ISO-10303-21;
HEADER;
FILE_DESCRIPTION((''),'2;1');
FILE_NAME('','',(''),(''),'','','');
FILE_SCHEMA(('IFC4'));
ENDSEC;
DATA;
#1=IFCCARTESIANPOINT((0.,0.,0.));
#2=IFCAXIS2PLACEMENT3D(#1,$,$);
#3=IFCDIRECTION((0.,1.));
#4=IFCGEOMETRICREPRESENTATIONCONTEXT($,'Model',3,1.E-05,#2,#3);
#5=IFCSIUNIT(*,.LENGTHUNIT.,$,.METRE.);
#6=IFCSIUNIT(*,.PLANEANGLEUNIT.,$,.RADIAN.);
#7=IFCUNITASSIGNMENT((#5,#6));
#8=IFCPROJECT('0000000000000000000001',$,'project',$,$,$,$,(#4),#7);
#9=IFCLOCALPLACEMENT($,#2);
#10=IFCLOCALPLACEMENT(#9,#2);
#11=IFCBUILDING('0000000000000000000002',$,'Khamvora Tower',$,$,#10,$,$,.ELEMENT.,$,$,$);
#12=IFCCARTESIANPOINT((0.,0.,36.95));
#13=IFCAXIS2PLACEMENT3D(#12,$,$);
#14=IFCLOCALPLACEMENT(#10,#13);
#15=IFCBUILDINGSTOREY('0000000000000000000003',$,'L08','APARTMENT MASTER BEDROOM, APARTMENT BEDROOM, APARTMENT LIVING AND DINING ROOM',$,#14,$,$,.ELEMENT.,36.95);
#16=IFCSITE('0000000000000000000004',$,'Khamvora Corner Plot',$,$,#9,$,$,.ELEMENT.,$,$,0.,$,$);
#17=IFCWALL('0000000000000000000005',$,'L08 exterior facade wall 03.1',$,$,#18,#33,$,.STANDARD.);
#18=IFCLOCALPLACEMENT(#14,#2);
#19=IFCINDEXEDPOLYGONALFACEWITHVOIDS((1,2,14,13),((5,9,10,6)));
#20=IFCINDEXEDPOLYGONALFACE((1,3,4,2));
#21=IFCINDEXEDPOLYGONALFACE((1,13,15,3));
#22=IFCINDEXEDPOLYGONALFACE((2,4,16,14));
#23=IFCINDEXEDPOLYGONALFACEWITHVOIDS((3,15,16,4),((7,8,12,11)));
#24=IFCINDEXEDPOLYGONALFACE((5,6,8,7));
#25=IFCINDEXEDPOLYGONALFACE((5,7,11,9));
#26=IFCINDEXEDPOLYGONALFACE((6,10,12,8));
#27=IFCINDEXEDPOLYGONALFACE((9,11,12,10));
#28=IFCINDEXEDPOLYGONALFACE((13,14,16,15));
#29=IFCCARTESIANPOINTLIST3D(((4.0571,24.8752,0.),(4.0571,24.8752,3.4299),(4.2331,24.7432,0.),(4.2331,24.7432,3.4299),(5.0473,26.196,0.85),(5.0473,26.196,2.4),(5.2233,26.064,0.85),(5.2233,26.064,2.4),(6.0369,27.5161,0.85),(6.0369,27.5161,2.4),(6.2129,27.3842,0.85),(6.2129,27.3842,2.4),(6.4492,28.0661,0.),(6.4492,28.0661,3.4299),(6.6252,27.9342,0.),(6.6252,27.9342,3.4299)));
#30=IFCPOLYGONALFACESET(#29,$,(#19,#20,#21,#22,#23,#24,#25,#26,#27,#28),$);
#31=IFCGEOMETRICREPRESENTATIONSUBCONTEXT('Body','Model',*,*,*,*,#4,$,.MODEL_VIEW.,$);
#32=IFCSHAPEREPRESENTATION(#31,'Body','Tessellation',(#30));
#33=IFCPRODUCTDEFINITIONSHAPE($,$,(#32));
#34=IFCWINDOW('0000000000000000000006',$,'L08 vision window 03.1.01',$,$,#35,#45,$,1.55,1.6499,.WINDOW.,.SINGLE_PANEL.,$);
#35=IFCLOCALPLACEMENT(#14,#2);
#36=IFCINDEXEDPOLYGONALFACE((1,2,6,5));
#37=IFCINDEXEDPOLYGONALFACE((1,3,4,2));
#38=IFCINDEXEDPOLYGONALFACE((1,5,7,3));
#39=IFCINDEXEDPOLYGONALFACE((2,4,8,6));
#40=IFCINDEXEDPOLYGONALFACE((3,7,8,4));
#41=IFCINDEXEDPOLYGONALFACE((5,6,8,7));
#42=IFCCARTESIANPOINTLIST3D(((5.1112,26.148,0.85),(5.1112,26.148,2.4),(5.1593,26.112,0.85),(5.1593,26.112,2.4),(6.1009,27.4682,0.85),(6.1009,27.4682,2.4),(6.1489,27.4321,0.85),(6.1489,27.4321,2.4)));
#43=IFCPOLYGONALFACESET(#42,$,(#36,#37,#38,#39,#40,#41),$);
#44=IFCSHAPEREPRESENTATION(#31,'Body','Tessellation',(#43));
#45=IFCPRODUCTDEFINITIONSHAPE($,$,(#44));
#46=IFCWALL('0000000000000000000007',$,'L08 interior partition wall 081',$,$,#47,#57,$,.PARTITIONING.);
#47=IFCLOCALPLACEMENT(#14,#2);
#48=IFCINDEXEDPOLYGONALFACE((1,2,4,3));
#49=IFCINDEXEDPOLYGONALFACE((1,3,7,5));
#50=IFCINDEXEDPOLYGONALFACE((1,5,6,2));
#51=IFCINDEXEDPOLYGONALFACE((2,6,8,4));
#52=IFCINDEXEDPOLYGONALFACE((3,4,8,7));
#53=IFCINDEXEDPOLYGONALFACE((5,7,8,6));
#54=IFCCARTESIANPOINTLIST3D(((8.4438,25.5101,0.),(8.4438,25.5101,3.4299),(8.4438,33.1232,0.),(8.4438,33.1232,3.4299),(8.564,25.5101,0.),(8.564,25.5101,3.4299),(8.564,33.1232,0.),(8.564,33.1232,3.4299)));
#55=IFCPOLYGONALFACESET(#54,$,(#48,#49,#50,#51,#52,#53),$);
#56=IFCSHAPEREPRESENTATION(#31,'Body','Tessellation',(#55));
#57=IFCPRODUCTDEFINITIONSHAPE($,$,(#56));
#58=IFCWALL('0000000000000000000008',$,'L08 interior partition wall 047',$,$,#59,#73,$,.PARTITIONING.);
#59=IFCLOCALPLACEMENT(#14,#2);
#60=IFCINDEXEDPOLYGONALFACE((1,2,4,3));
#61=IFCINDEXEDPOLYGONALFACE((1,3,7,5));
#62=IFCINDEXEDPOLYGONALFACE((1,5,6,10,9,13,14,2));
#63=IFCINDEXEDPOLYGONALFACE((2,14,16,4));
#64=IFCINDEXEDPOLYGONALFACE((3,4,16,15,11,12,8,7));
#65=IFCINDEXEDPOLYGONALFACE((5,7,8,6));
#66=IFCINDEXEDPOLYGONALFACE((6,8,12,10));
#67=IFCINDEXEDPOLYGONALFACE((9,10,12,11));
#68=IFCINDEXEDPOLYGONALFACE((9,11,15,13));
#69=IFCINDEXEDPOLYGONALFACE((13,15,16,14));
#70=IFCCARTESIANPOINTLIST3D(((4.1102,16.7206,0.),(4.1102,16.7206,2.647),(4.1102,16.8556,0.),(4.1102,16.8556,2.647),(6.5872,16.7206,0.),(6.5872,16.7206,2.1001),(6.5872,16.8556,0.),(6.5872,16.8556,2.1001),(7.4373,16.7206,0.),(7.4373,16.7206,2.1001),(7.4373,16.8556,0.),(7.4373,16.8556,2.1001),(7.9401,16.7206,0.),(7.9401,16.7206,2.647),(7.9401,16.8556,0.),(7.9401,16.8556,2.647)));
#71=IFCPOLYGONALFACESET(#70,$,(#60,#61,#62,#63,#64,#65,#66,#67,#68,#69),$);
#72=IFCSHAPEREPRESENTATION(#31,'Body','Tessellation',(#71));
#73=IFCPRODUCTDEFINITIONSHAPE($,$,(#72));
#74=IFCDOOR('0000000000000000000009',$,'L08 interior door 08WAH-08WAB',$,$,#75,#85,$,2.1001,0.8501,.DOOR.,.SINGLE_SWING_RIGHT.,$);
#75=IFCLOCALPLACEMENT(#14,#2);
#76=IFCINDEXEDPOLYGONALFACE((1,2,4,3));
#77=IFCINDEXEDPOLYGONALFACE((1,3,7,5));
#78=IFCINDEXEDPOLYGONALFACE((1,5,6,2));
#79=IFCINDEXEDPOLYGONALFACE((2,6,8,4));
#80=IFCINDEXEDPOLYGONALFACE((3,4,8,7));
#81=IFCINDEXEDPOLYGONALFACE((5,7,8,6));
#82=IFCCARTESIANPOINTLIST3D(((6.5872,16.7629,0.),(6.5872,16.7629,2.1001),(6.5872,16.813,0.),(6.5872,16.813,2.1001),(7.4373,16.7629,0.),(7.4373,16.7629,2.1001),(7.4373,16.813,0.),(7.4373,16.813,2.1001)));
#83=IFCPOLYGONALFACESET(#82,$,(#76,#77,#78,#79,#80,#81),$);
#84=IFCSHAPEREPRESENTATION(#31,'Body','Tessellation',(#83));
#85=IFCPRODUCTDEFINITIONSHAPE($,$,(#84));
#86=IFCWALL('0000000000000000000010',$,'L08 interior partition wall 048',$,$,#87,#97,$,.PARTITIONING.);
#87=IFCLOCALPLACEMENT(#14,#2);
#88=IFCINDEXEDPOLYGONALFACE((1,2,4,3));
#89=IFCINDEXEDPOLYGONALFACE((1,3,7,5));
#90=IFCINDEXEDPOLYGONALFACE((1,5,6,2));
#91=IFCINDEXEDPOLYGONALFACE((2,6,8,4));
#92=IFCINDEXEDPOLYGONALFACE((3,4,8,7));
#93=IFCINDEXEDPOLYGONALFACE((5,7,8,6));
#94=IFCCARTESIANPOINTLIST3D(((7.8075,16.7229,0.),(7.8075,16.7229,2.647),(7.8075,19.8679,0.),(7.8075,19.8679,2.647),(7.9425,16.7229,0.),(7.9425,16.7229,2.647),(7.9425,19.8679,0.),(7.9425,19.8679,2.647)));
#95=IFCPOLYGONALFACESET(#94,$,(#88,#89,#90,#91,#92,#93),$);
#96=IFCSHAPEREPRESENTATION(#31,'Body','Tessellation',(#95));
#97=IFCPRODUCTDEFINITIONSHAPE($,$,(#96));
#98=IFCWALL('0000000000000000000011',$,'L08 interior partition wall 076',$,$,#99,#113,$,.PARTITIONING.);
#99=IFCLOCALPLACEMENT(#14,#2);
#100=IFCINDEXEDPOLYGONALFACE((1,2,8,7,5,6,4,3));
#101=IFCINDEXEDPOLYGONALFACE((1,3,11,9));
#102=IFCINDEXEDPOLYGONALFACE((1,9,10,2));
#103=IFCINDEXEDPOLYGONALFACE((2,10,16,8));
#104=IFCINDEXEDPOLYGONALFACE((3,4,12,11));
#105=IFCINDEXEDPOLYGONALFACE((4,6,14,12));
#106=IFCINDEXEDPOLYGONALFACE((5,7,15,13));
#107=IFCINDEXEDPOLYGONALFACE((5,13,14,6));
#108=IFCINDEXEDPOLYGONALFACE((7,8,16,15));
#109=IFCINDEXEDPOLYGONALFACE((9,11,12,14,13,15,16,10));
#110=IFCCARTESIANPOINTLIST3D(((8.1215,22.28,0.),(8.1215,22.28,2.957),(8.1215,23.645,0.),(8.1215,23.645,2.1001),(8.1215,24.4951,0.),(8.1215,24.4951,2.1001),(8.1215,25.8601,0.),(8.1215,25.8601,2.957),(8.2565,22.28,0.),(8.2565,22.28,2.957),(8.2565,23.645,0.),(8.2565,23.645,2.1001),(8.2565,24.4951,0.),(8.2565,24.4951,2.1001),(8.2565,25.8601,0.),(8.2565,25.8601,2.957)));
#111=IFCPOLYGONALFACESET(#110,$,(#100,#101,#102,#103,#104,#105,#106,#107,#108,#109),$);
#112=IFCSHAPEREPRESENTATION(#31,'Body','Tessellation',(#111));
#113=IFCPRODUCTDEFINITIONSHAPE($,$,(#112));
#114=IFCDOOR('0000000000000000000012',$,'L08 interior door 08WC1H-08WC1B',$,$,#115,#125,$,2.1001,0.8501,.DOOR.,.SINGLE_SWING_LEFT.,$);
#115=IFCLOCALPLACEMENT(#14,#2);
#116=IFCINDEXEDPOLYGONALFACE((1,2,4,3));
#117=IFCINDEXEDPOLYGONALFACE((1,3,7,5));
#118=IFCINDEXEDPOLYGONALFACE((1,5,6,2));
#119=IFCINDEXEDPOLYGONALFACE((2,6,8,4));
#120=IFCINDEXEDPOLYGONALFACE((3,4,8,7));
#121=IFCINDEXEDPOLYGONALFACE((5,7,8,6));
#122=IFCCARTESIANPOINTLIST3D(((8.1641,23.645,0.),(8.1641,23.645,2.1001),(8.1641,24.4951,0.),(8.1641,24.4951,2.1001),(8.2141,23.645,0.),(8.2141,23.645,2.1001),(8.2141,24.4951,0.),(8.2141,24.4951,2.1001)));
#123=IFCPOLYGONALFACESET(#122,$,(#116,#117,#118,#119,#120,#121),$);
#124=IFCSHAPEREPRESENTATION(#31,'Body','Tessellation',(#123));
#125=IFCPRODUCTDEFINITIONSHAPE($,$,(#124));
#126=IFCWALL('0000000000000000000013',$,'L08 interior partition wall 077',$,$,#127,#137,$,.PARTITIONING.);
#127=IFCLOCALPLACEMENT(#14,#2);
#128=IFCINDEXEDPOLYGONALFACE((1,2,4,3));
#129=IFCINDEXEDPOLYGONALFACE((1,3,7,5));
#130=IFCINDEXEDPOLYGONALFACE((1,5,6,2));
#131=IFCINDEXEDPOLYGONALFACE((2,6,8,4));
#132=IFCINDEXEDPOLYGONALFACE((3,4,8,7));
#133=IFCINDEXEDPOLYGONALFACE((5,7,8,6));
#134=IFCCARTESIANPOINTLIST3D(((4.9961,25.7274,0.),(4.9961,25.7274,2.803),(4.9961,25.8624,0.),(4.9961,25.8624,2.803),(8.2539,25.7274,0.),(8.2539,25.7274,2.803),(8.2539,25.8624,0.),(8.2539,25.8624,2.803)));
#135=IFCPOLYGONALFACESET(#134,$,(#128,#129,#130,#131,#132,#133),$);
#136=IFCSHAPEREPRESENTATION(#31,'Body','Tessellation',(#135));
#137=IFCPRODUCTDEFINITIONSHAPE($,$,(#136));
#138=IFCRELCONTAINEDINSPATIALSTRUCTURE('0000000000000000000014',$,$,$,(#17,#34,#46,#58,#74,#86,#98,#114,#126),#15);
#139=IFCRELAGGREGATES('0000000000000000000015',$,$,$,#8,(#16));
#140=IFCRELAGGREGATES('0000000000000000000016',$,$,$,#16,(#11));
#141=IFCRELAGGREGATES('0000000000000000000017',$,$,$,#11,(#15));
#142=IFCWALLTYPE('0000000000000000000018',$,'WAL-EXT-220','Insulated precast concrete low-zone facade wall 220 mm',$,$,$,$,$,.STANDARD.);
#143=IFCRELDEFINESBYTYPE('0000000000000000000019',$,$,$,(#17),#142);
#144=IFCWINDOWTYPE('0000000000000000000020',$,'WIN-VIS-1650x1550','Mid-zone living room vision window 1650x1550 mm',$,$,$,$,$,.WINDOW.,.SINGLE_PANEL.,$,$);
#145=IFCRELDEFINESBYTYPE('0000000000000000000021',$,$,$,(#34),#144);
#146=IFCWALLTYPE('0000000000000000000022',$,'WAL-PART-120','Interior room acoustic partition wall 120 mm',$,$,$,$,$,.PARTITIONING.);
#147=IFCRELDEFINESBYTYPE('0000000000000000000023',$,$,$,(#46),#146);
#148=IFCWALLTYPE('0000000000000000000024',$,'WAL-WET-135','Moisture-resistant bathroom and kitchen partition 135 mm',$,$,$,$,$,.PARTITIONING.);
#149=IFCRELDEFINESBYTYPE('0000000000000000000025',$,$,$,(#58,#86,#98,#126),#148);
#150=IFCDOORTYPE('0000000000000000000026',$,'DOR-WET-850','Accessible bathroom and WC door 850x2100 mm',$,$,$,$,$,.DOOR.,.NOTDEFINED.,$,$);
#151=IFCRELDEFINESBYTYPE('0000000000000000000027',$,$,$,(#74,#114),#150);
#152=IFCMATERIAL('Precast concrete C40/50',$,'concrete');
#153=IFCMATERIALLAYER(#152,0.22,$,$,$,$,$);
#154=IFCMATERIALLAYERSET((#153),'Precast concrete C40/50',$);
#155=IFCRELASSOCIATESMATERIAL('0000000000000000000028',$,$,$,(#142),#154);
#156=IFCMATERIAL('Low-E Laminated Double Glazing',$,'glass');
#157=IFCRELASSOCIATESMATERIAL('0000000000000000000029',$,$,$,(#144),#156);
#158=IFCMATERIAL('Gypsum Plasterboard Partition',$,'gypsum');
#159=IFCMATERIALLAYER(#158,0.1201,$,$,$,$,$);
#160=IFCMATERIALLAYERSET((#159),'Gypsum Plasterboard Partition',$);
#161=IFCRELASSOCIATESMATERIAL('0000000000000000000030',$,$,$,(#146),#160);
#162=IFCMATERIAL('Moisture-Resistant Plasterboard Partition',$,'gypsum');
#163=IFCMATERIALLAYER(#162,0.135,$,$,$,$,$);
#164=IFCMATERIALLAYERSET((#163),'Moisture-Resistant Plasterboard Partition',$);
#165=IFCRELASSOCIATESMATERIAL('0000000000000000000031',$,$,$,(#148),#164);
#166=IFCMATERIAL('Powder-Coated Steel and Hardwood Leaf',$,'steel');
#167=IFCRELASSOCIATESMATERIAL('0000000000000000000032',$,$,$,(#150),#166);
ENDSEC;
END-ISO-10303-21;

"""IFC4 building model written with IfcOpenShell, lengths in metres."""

from ifc_helpers import new_model, si_unit, direction, frame, frame_2d, origin, place, context, subcontext, project, spatial, rectangle, extrude, material, layer, layer_set, type_object, element, fill, save


model = new_model("IFC4")

# Units and contexts
model_context = context("Model", 3, precision=1e-05, world=origin(), true_north=direction((0.0, 1.0)))
body_context = subcontext(model_context, "Body", "Model", "MODEL_VIEW")
ifc_project = project(units=[si_unit("LENGTHUNIT", "METRE"), si_unit("PLANEANGLEUNIT", "RADIAN")], contexts=[model_context])

# Site, building, storey
site_placement = place(None, origin())
site = spatial("IfcSite", under=ifc_project, at=site_placement, Name="Khamvora Corner Plot", CompositionType="ELEMENT", RefElevation=0.0)
building_placement = place(site_placement, origin())
building = spatial("IfcBuilding", under=site, at=building_placement, Name="Khamvora Tower", CompositionType="ELEMENT")
storey_placement = place(building_placement, frame((0.0, 0.0, 36.95)))
storey = spatial("IfcBuildingStorey", under=building, at=storey_placement, Name="L08", Description="APARTMENT MASTER BEDROOM, APARTMENT BEDROOM, APARTMENT LIVING AND DINING ROOM", CompositionType="ELEMENT", Elevation=36.95)

# Shared definitions
ifc_material_1 = material(Name="Low-E Laminated Double Glazing", Category="glass")

# Shared definitions
ifc_material_2 = material(Name="Powder-Coated Steel and Hardwood Leaf", Category="steel")

# Wall, opening, window
ifc_material_3 = material(Name="Precast concrete C40/50", Category="concrete")
ifc_layer_1 = layer(ifc_material_3, 0.22)
ifc_layer_set_1 = layer_set([ifc_layer_1], Name="Precast concrete C40/50")
wall_type_1 = type_object("IfcWallType", Name="WAL-EXT-220", Description="Insulated precast concrete low-zone facade wall 220 mm", PredefinedType="STANDARD", material=ifc_layer_set_1)
wall_1_placement = place(storey_placement, frame((4.145, 24.8091, 0.0), z_axis=(0.0, 0.0, 1.0), x_axis=(0.599824, 0.800132, 0.0)))
wall_1 = element("IfcWall", 1, at=wall_1_placement, inside=storey, type_object=wall_type_1, Name="L08 exterior facade wall 03.1", PredefinedType="STANDARD", context=body_context, shape_type="SweptSolid", body=[
    extrude(rectangle(XDim=3.988, YDim=0.22, at=frame_2d((1.9941, 0.0))), origin(), (0.0, 0.0, 1.0), 3.4299),
])
opening_1_placement = place(wall_1_placement, frame((1.6509, 0.0, 0.8501)))
opening_1 = element("IfcOpeningElement", 2, at=opening_1_placement, cuts=wall_1, PredefinedType="OPENING", context=body_context, shape_type="SweptSolid", body=[
    extrude(rectangle(XDim=1.6499, YDim=1.55, at=frame_2d((0.825, 0.7749))), frame((0.0, 0.1199, 0.0), z_axis=(0.0, -1.0, 0.0), x_axis=(1.0, 0.0, 0.0)), (0.0, 0.0, 1.0), 0.24),
])
window_type = type_object("IfcWindowType", Name="WIN-VIS-1650x1550", Description="Mid-zone living room vision window 1650x1550 mm", PartitioningType="SINGLE_PANEL", PredefinedType="WINDOW", material=ifc_material_1)
window_placement = place(opening_1_placement, origin())
window = element("IfcWindow", 3, at=window_placement, inside=storey, type_object=window_type, Name="L08 vision window 03.1.01", OverallHeight=1.55, OverallWidth=1.6499, PartitioningType="SINGLE_PANEL", PredefinedType="WINDOW", context=body_context, shape_type="SweptSolid", body=[
    extrude(rectangle(XDim=1.6499, YDim=1.55, at=frame_2d((0.825, 0.7749))), frame((0.0, 0.03, 0.0), z_axis=(0.0, -1.0, 0.0), x_axis=(1.0, 0.0, 0.0)), (0.0, 0.0, 1.0), 0.0601),
])
fill(opening_1, window)

# Wall
ifc_material_4 = material(Name="Gypsum Plasterboard Partition", Category="gypsum")
ifc_layer_2 = layer(ifc_material_4, 0.1201)
ifc_layer_set_2 = layer_set([ifc_layer_2], Name="Gypsum Plasterboard Partition")
wall_type_2 = type_object("IfcWallType", Name="WAL-PART-120", Description="Interior room acoustic partition wall 120 mm", PredefinedType="PARTITIONING", material=ifc_layer_set_2)
wall_2_placement = place(storey_placement, frame((8.5039, 25.51, 0.0), z_axis=(0.0, 0.0, 1.0), x_axis=(0.0, 1.0, 0.0)))
element("IfcWall", 4, at=wall_2_placement, inside=storey, type_object=wall_type_2, Name="L08 interior partition wall 081", PredefinedType="PARTITIONING", context=body_context, shape_type="SweptSolid", body=[
    extrude(rectangle(XDim=7.613, YDim=0.1201, at=frame_2d((3.8066, 0.0))), origin(), (0.0, 0.0, 1.0), 3.4299),
])

# Wall, opening, door
ifc_material_5 = material(Name="Moisture-Resistant Plasterboard Partition", Category="gypsum")
ifc_layer_3 = layer(ifc_material_5, 0.135)
ifc_layer_set_3 = layer_set([ifc_layer_3], Name="Moisture-Resistant Plasterboard Partition")
wall_type_3 = type_object("IfcWallType", Name="WAL-WET-135", Description="Moisture-resistant bathroom and kitchen partition 135 mm", PredefinedType="PARTITIONING", material=ifc_layer_set_3)
wall_3_placement = place(storey_placement, frame((4.1101, 16.7881, 0.0), z_axis=(0.0, 0.0, 1.0), x_axis=(1.0, 0.0, 0.0)))
wall_3 = element("IfcWall", 5, at=wall_3_placement, inside=storey, type_object=wall_type_3, Name="L08 interior partition wall 047", PredefinedType="PARTITIONING", context=body_context, shape_type="SweptSolid", body=[
    extrude(rectangle(XDim=3.8298, YDim=0.135, at=frame_2d((1.915, 0.0))), origin(), (0.0, 0.0, 1.0), 2.647),
])
opening_2_placement = place(wall_3_placement, frame((2.4771, 0.0, 0.0)))
opening_2 = element("IfcOpeningElement", 6, at=opening_2_placement, cuts=wall_3, PredefinedType="OPENING", context=body_context, shape_type="SweptSolid", body=[
    extrude(rectangle(XDim=0.8501, YDim=2.1001, at=frame_2d((0.425, 1.05))), frame((0.0, 0.0774, 0.0), z_axis=(0.0, -1.0, 0.0), x_axis=(1.0, 0.0, 0.0)), (0.0, 0.0, 1.0), 0.155),
])
door_type_1 = type_object("IfcDoorType", Name="DOR-WET-850", Description="Accessible bathroom and WC door 850x2100 mm", OperationType="NOTDEFINED", PredefinedType="DOOR", material=ifc_material_2)
door_1_placement = place(opening_2_placement, origin())
door_1 = element("IfcDoor", 7, at=door_1_placement, inside=storey, type_object=door_type_1, Name="L08 interior door 08WAH-08WAB", OperationType="SINGLE_SWING_RIGHT", OverallHeight=2.1001, OverallWidth=0.8501, PredefinedType="DOOR", context=body_context, shape_type="SweptSolid", body=[
    extrude(rectangle(XDim=0.8501, YDim=2.1001, at=frame_2d((0.425, 1.05))), frame((0.0, 0.0249, 0.0), z_axis=(0.0, -1.0, 0.0), x_axis=(1.0, 0.0, 0.0)), (0.0, 0.0, 1.0), 0.05),
])
fill(opening_2, door_1)

# Wall
wall_4_placement = place(storey_placement, frame((7.875, 16.7229, 0.0), z_axis=(0.0, 0.0, 1.0), x_axis=(0.0, 1.0, 0.0)))
element("IfcWall", 8, at=wall_4_placement, inside=storey, type_object=wall_type_3, Name="L08 interior partition wall 048", PredefinedType="PARTITIONING", context=body_context, shape_type="SweptSolid", body=[
    extrude(rectangle(XDim=3.145, YDim=0.135, at=frame_2d((1.5725, 0.0))), origin(), (0.0, 0.0, 1.0), 2.647),
])

# Wall, opening, door
wall_5_placement = place(storey_placement, frame((8.189, 22.28, 0.0), z_axis=(0.0, 0.0, 1.0), x_axis=(0.0, 1.0, 0.0)))
wall_5 = element("IfcWall", 9, at=wall_5_placement, inside=storey, type_object=wall_type_3, Name="L08 interior partition wall 076", PredefinedType="PARTITIONING", context=body_context, shape_type="SweptSolid", body=[
    extrude(rectangle(XDim=3.5801, YDim=0.135, at=frame_2d((1.79, 0.0))), origin(), (0.0, 0.0, 1.0), 2.957),
])
opening_3_placement = place(wall_5_placement, frame((1.365, 0.0, 0.0)))
opening_3 = element("IfcOpeningElement", 10, at=opening_3_placement, cuts=wall_5, PredefinedType="OPENING", context=body_context, shape_type="SweptSolid", body=[
    extrude(rectangle(XDim=0.8501, YDim=2.1001, at=frame_2d((0.425, 1.05))), frame((0.0, 0.0774, 0.0), z_axis=(0.0, -1.0, 0.0), x_axis=(1.0, 0.0, 0.0)), (0.0, 0.0, 1.0), 0.155),
])
door_2_placement = place(opening_3_placement, origin())
door_2 = element("IfcDoor", 11, at=door_2_placement, inside=storey, type_object=door_type_1, Name="L08 interior door 08WC1H-08WC1B", OperationType="SINGLE_SWING_LEFT", OverallHeight=2.1001, OverallWidth=0.8501, PredefinedType="DOOR", context=body_context, shape_type="SweptSolid", body=[
    extrude(rectangle(XDim=0.8501, YDim=2.1001, at=frame_2d((0.425, 1.05))), frame((0.0, 0.0249, 0.0), z_axis=(0.0, -1.0, 0.0), x_axis=(1.0, 0.0, 0.0)), (0.0, 0.0, 1.0), 0.05),
])
fill(opening_3, door_2)

# Wall
wall_6_placement = place(storey_placement, frame((8.2539, 25.7949, 0.0), z_axis=(0.0, 0.0, 1.0), x_axis=(-1.0, 0.0, 0.0)))
element("IfcWall", 12, at=wall_6_placement, inside=storey, type_object=wall_type_3, Name="L08 interior partition wall 077", PredefinedType="PARTITIONING", context=body_context, shape_type="SweptSolid", body=[
    extrude(rectangle(XDim=3.2578, YDim=0.135, at=frame_2d((1.6289, 0.0))), origin(), (0.0, 0.0, 1.0), 2.803),
])

save(model, "model.ifc")
